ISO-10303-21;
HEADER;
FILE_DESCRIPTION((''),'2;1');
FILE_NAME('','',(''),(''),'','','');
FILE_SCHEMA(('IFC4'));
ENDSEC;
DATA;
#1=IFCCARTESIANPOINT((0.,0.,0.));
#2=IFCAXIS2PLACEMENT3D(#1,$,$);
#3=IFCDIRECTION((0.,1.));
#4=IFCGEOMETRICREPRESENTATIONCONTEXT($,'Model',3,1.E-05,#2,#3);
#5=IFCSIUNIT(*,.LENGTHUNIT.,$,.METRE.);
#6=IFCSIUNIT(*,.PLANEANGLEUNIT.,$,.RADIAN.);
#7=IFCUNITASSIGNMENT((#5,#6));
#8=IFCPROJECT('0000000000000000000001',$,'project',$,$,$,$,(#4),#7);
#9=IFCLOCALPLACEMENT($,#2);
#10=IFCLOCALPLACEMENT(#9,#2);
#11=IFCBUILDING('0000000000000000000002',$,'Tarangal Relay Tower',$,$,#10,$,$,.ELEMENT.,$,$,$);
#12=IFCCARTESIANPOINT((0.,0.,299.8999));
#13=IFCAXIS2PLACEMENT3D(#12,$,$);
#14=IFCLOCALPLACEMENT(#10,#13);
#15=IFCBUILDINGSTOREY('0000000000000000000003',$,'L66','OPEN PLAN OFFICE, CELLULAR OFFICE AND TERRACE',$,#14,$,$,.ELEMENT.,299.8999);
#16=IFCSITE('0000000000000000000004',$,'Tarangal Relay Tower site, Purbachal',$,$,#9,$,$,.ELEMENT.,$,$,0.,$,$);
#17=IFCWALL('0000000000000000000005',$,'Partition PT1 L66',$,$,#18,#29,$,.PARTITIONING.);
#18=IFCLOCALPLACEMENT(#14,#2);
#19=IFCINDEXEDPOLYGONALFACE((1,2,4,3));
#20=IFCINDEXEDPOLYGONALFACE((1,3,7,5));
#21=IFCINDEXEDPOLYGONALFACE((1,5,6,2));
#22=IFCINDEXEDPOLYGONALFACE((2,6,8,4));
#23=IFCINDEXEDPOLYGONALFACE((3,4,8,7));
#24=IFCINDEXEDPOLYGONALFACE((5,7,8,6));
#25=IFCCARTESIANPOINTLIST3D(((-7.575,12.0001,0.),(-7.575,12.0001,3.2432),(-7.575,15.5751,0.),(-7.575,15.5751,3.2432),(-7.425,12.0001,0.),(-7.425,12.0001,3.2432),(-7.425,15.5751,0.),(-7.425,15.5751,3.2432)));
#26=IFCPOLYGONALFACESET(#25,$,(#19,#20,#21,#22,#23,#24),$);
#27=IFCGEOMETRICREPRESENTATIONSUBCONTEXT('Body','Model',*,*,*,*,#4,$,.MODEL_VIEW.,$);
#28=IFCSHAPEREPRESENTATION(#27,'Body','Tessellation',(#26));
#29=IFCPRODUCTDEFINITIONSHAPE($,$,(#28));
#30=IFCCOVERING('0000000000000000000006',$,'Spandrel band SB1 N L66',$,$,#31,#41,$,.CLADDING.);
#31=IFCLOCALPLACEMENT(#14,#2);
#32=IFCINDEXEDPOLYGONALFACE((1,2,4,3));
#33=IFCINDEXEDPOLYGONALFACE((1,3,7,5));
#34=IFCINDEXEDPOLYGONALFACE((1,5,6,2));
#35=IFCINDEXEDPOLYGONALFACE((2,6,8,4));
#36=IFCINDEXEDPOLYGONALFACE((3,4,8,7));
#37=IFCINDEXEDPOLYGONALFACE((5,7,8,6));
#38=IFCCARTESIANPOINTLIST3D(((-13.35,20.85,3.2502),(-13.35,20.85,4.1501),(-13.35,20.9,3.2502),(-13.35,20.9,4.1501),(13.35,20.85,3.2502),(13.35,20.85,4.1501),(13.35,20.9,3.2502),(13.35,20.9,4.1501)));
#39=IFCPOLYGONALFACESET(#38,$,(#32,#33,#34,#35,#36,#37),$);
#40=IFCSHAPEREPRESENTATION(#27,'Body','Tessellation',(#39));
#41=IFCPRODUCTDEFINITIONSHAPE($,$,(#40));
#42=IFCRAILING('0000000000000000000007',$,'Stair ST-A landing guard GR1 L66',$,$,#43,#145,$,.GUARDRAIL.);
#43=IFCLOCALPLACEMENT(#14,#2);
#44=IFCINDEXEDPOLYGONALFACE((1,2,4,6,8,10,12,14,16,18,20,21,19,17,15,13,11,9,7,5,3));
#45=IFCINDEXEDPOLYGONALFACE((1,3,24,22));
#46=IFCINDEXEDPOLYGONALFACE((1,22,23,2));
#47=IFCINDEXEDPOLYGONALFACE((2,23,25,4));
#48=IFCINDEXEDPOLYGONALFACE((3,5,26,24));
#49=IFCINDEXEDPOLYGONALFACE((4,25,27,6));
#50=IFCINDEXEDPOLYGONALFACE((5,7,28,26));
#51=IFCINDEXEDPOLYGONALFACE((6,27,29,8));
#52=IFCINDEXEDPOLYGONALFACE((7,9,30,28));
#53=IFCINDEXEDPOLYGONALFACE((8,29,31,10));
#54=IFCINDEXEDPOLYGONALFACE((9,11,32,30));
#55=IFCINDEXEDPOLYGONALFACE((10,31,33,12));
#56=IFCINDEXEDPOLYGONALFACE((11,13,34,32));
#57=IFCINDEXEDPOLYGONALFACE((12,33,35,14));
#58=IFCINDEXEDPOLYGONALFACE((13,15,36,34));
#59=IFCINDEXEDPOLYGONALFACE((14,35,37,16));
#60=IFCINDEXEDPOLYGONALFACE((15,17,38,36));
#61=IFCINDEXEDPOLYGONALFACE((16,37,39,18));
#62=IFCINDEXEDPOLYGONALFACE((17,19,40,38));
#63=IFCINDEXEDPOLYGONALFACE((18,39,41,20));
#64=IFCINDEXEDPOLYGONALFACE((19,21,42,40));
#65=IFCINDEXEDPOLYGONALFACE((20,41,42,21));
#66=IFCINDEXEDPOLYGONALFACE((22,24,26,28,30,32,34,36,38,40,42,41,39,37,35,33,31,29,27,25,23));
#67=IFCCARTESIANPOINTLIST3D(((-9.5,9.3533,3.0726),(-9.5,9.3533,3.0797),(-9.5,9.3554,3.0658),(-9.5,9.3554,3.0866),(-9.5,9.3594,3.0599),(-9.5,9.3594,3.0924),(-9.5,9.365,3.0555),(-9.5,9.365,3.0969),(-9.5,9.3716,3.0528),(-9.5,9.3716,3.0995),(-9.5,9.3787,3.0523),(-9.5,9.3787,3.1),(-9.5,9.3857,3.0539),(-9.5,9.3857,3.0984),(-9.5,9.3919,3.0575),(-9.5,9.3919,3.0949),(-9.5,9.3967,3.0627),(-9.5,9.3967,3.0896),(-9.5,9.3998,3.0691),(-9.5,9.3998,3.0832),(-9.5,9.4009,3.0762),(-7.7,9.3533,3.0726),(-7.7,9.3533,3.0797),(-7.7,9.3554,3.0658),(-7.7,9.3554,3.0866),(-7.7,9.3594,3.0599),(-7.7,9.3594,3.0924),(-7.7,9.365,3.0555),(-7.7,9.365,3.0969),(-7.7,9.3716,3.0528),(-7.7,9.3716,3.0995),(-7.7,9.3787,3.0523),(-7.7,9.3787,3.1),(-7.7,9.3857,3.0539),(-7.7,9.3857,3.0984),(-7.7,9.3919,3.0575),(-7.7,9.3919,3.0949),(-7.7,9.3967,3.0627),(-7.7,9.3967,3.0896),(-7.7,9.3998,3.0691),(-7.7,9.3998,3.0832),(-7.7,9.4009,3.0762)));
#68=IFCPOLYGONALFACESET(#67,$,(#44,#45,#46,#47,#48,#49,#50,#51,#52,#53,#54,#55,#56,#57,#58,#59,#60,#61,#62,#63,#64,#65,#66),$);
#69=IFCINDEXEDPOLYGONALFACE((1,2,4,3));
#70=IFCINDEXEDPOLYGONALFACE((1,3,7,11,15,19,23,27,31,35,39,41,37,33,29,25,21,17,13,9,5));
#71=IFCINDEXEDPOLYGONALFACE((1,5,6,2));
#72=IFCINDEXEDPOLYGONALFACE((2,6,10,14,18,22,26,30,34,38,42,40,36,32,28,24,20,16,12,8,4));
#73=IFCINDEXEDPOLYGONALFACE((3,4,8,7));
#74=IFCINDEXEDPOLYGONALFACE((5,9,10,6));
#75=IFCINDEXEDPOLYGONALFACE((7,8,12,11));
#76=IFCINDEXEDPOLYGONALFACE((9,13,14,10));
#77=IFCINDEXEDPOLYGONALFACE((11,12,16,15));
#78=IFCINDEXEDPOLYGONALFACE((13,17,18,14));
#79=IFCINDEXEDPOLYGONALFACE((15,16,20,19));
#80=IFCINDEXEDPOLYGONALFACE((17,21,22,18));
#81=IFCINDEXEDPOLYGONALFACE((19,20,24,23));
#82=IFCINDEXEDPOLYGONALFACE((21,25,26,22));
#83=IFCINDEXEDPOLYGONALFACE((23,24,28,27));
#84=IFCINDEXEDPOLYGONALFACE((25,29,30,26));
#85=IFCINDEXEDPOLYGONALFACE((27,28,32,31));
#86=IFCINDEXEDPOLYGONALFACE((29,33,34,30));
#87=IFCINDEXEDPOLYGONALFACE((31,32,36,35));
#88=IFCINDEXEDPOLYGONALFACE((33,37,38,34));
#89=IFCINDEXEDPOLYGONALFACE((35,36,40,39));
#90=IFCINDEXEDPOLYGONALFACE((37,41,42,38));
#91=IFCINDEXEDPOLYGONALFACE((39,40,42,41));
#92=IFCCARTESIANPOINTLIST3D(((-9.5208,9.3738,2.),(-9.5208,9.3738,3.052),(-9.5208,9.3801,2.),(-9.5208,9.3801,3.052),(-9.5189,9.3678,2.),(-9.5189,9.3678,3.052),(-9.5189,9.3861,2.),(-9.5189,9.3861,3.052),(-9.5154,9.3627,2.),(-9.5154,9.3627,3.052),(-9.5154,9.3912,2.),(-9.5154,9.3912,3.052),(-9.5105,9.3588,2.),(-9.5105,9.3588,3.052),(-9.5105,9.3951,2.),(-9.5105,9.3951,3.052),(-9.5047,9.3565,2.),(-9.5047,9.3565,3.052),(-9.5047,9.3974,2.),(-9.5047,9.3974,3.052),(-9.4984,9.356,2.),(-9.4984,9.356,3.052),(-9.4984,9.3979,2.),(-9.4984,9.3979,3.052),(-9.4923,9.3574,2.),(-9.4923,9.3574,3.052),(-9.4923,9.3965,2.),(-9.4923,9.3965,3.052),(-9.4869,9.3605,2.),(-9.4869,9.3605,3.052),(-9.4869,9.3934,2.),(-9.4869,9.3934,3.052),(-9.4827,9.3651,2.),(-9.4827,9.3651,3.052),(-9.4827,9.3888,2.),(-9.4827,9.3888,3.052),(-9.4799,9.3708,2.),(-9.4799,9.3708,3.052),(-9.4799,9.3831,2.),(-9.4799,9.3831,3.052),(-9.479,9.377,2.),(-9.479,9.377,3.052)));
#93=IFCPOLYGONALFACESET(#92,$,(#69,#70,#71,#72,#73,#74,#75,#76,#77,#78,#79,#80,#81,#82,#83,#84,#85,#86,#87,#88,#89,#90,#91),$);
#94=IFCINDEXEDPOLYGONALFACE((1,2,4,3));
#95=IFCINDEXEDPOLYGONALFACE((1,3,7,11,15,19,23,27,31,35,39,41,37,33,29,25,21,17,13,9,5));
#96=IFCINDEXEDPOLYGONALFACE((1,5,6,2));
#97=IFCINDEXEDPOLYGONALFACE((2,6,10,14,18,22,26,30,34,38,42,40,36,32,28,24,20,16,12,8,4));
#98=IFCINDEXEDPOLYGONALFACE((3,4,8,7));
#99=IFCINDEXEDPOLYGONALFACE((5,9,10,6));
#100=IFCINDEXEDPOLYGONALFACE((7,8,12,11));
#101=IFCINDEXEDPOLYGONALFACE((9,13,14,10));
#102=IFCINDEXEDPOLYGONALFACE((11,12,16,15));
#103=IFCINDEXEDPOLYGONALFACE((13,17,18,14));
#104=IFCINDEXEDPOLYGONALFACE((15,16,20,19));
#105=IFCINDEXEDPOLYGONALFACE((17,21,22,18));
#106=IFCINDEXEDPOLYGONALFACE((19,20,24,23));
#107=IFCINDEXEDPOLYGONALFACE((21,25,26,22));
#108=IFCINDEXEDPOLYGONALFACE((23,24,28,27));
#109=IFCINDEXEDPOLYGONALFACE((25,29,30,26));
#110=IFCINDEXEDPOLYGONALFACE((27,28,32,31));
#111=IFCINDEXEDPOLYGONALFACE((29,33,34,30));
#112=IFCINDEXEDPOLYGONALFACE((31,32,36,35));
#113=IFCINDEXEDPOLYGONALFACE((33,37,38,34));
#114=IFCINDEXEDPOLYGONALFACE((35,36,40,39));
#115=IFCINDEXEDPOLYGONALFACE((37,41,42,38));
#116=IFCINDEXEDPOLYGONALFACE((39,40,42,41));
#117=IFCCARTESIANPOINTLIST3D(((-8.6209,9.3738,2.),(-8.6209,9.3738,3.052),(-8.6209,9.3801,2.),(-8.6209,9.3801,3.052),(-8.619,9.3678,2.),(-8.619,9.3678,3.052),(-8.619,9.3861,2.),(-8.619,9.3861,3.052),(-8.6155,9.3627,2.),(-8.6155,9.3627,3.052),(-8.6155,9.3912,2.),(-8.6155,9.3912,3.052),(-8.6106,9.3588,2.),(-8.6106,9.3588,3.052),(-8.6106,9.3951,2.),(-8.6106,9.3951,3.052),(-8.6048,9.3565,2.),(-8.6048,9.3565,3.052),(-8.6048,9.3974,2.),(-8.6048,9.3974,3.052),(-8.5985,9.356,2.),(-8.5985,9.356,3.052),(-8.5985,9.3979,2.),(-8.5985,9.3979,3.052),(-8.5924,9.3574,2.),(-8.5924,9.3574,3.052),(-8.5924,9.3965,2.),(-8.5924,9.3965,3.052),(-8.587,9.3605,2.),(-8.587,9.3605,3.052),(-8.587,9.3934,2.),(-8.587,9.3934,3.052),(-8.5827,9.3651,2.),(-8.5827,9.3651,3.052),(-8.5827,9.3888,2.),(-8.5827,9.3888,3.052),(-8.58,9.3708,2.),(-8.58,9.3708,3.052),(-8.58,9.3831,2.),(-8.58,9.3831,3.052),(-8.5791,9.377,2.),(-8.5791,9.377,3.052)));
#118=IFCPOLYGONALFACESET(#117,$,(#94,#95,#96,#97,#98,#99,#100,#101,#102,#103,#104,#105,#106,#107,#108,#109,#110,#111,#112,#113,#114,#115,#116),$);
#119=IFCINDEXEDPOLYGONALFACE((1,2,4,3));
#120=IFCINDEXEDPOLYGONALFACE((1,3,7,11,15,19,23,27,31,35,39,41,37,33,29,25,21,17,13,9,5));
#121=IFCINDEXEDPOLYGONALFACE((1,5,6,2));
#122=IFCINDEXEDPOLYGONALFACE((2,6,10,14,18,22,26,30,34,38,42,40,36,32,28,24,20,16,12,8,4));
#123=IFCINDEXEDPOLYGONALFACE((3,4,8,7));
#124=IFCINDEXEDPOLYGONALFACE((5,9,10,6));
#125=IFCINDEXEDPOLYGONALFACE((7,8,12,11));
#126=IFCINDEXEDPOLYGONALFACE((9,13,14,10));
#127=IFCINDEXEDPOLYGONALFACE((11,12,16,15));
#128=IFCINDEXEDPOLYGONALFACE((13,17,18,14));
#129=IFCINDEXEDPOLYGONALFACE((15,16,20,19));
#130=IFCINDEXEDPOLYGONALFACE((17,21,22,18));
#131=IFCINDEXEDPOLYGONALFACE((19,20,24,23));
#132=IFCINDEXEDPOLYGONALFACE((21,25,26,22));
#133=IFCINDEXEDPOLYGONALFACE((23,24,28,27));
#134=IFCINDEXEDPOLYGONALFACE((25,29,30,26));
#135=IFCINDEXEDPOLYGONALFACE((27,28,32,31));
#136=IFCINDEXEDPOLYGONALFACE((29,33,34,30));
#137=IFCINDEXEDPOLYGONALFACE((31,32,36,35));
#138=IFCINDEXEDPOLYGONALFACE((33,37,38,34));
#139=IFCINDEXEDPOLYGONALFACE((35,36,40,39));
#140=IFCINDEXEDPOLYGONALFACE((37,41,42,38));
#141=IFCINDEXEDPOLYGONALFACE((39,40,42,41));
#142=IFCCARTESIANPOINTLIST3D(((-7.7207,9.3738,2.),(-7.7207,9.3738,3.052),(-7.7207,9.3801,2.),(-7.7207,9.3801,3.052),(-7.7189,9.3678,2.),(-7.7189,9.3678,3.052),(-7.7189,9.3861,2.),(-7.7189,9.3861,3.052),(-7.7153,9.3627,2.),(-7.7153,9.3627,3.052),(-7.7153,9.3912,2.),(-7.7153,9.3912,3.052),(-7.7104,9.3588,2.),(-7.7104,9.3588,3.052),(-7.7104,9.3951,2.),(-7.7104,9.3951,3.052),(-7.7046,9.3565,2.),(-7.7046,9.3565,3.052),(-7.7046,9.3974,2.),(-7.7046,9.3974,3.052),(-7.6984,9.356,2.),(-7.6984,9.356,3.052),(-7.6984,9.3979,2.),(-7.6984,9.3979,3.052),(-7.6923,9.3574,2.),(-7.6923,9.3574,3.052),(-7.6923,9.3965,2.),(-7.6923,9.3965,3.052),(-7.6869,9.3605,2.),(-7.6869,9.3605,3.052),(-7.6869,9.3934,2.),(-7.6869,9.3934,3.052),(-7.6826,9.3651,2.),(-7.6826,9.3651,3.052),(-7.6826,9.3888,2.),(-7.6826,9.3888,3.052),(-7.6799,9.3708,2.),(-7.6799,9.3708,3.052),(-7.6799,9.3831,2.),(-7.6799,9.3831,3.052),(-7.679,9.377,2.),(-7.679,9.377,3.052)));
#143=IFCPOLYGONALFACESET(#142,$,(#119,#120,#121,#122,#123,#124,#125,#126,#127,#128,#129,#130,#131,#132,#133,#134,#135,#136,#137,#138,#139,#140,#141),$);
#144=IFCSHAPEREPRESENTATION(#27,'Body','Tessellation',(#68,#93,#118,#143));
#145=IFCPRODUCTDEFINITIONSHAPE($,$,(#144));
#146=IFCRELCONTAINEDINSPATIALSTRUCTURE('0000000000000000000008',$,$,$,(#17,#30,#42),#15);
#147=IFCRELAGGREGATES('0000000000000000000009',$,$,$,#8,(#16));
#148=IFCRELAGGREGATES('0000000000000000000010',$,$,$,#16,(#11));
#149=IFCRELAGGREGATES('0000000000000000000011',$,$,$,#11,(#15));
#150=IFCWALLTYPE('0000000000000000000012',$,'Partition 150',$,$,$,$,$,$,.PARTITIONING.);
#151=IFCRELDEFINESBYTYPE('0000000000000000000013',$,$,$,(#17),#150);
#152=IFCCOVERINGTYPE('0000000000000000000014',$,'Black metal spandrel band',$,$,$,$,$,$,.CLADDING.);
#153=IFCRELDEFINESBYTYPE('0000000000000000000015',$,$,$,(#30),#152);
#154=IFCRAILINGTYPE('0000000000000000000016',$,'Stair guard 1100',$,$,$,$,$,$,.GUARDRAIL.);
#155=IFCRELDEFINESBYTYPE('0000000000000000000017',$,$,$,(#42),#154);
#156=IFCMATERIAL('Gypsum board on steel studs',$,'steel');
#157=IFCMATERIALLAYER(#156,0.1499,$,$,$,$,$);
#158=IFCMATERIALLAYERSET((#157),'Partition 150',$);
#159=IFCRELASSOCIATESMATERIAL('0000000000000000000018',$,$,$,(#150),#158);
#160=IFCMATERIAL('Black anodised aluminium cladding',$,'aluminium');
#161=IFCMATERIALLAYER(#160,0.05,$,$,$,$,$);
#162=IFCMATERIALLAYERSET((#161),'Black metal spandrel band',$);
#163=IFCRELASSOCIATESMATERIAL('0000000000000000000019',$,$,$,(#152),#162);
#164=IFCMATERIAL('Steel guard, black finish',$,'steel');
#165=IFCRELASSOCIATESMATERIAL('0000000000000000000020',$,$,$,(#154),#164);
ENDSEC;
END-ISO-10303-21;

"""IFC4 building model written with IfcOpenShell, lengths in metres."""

from ifc_helpers import new_model, si_unit, direction, frame, frame_2d, origin, origin_2d, place, context, subcontext, project, spatial, rectangle, circle, extrude, material, layer, layer_set, type_object, element, save


model = new_model("IFC4")

# Units and contexts
model_context = context("Model", 3, precision=1e-05, world=origin(), true_north=direction((0.0, 1.0)))
body_context = subcontext(model_context, "Body", "Model", "MODEL_VIEW")
ifc_project = project(units=[si_unit("LENGTHUNIT", "METRE"), si_unit("PLANEANGLEUNIT", "RADIAN")], contexts=[model_context])

# Site, building, storey
site_placement = place(None, origin())
site = spatial("IfcSite", under=ifc_project, at=site_placement, Name="Tarangal Relay Tower site, Purbachal", CompositionType="ELEMENT", RefElevation=0.0)
building_placement = place(site_placement, origin())
building = spatial("IfcBuilding", under=site, at=building_placement, Name="Tarangal Relay Tower", CompositionType="ELEMENT")
storey_placement = place(building_placement, frame((0.0, 0.0, 299.8999)))
storey = spatial("IfcBuildingStorey", under=building, at=storey_placement, Name="L66", Description="OPEN PLAN OFFICE, CELLULAR OFFICE AND TERRACE", CompositionType="ELEMENT", Elevation=299.8999)

# Wall
ifc_material_1 = material(Name="Gypsum board on steel studs", Category="steel")
ifc_layer_1 = layer(ifc_material_1, 0.1499)
ifc_layer_set_1 = layer_set([ifc_layer_1], Name="Partition 150")
wall_type_1 = type_object("IfcWallType", Name="Partition 150", PredefinedType="PARTITIONING", material=ifc_layer_set_1)
wall_1_placement = place(storey_placement, frame((-7.5, 12.0, 0.0), z_axis=(0.0, 0.0, 1.0), x_axis=(0.0, 1.0, 0.0)))
element("IfcWall", 1, at=wall_1_placement, inside=storey, type_object=wall_type_1, Name="Partition PT1 L66", PredefinedType="PARTITIONING", context=body_context, shape_type="SweptSolid", body=[
    extrude(rectangle(XDim=3.575, YDim=0.1499, at=frame_2d((1.7876, 0.0))), origin(), (0.0, 0.0, 1.0), 3.2432),
])

# Covering
ifc_material_2 = material(Name="Black anodised aluminium cladding", Category="aluminium")
ifc_layer_2 = layer(ifc_material_2, 0.05)
ifc_layer_set_2 = layer_set([ifc_layer_2], Name="Black metal spandrel band")
covering_type = type_object("IfcCoveringType", Name="Black metal spandrel band", PredefinedType="CLADDING", material=ifc_layer_set_2)
covering_placement = place(storey_placement, frame((0.0, 20.875, 3.2502), z_axis=(0.0, 0.0, 1.0), x_axis=(1.0, 0.0, 0.0)))
element("IfcCovering", 2, at=covering_placement, inside=storey, type_object=covering_type, Name="Spandrel band SB1 N L66", PredefinedType="CLADDING", context=body_context, shape_type="SweptSolid", body=[
    extrude(rectangle(XDim=26.7, YDim=0.05, at=origin_2d()), origin(), (0.0, 0.0, 1.0), 0.8999),
])

# Railing
ifc_material_3 = material(Name="Steel guard, black finish", Category="steel")
railing_type = type_object("IfcRailingType", Name="Stair guard 1100", PredefinedType="GUARDRAIL", material=ifc_material_3)
railing_placement = place(storey_placement, frame((-9.5, 9.377, 2.0)))
element("IfcRailing", 3, at=railing_placement, inside=storey, type_object=railing_type, Name="Stair ST-A landing guard GR1 L66", PredefinedType="GUARDRAIL", context=body_context, shape_type="SweptSolid", body=[
    extrude(circle(Radius=0.0239, at=origin_2d()), frame((0.0, 0.0, 1.0762), z_axis=(1.0, 0.0, 0.0), x_axis=(0.0, 1.0, 0.0)), (0.0, 0.0, 1.0), 1.8),
    extrude(circle(Radius=0.021, at=origin_2d()), origin(), (0.0, 0.0, 1.0), 1.052),
    extrude(circle(Radius=0.021, at=origin_2d()), frame((0.8999, 0.0, 0.0)), (0.0, 0.0, 1.0), 1.052),
    extrude(circle(Radius=0.021, at=origin_2d()), frame((1.8, 0.0, 0.0)), (0.0, 0.0, 1.0), 1.052),
])

save(model, "model.ifc")
